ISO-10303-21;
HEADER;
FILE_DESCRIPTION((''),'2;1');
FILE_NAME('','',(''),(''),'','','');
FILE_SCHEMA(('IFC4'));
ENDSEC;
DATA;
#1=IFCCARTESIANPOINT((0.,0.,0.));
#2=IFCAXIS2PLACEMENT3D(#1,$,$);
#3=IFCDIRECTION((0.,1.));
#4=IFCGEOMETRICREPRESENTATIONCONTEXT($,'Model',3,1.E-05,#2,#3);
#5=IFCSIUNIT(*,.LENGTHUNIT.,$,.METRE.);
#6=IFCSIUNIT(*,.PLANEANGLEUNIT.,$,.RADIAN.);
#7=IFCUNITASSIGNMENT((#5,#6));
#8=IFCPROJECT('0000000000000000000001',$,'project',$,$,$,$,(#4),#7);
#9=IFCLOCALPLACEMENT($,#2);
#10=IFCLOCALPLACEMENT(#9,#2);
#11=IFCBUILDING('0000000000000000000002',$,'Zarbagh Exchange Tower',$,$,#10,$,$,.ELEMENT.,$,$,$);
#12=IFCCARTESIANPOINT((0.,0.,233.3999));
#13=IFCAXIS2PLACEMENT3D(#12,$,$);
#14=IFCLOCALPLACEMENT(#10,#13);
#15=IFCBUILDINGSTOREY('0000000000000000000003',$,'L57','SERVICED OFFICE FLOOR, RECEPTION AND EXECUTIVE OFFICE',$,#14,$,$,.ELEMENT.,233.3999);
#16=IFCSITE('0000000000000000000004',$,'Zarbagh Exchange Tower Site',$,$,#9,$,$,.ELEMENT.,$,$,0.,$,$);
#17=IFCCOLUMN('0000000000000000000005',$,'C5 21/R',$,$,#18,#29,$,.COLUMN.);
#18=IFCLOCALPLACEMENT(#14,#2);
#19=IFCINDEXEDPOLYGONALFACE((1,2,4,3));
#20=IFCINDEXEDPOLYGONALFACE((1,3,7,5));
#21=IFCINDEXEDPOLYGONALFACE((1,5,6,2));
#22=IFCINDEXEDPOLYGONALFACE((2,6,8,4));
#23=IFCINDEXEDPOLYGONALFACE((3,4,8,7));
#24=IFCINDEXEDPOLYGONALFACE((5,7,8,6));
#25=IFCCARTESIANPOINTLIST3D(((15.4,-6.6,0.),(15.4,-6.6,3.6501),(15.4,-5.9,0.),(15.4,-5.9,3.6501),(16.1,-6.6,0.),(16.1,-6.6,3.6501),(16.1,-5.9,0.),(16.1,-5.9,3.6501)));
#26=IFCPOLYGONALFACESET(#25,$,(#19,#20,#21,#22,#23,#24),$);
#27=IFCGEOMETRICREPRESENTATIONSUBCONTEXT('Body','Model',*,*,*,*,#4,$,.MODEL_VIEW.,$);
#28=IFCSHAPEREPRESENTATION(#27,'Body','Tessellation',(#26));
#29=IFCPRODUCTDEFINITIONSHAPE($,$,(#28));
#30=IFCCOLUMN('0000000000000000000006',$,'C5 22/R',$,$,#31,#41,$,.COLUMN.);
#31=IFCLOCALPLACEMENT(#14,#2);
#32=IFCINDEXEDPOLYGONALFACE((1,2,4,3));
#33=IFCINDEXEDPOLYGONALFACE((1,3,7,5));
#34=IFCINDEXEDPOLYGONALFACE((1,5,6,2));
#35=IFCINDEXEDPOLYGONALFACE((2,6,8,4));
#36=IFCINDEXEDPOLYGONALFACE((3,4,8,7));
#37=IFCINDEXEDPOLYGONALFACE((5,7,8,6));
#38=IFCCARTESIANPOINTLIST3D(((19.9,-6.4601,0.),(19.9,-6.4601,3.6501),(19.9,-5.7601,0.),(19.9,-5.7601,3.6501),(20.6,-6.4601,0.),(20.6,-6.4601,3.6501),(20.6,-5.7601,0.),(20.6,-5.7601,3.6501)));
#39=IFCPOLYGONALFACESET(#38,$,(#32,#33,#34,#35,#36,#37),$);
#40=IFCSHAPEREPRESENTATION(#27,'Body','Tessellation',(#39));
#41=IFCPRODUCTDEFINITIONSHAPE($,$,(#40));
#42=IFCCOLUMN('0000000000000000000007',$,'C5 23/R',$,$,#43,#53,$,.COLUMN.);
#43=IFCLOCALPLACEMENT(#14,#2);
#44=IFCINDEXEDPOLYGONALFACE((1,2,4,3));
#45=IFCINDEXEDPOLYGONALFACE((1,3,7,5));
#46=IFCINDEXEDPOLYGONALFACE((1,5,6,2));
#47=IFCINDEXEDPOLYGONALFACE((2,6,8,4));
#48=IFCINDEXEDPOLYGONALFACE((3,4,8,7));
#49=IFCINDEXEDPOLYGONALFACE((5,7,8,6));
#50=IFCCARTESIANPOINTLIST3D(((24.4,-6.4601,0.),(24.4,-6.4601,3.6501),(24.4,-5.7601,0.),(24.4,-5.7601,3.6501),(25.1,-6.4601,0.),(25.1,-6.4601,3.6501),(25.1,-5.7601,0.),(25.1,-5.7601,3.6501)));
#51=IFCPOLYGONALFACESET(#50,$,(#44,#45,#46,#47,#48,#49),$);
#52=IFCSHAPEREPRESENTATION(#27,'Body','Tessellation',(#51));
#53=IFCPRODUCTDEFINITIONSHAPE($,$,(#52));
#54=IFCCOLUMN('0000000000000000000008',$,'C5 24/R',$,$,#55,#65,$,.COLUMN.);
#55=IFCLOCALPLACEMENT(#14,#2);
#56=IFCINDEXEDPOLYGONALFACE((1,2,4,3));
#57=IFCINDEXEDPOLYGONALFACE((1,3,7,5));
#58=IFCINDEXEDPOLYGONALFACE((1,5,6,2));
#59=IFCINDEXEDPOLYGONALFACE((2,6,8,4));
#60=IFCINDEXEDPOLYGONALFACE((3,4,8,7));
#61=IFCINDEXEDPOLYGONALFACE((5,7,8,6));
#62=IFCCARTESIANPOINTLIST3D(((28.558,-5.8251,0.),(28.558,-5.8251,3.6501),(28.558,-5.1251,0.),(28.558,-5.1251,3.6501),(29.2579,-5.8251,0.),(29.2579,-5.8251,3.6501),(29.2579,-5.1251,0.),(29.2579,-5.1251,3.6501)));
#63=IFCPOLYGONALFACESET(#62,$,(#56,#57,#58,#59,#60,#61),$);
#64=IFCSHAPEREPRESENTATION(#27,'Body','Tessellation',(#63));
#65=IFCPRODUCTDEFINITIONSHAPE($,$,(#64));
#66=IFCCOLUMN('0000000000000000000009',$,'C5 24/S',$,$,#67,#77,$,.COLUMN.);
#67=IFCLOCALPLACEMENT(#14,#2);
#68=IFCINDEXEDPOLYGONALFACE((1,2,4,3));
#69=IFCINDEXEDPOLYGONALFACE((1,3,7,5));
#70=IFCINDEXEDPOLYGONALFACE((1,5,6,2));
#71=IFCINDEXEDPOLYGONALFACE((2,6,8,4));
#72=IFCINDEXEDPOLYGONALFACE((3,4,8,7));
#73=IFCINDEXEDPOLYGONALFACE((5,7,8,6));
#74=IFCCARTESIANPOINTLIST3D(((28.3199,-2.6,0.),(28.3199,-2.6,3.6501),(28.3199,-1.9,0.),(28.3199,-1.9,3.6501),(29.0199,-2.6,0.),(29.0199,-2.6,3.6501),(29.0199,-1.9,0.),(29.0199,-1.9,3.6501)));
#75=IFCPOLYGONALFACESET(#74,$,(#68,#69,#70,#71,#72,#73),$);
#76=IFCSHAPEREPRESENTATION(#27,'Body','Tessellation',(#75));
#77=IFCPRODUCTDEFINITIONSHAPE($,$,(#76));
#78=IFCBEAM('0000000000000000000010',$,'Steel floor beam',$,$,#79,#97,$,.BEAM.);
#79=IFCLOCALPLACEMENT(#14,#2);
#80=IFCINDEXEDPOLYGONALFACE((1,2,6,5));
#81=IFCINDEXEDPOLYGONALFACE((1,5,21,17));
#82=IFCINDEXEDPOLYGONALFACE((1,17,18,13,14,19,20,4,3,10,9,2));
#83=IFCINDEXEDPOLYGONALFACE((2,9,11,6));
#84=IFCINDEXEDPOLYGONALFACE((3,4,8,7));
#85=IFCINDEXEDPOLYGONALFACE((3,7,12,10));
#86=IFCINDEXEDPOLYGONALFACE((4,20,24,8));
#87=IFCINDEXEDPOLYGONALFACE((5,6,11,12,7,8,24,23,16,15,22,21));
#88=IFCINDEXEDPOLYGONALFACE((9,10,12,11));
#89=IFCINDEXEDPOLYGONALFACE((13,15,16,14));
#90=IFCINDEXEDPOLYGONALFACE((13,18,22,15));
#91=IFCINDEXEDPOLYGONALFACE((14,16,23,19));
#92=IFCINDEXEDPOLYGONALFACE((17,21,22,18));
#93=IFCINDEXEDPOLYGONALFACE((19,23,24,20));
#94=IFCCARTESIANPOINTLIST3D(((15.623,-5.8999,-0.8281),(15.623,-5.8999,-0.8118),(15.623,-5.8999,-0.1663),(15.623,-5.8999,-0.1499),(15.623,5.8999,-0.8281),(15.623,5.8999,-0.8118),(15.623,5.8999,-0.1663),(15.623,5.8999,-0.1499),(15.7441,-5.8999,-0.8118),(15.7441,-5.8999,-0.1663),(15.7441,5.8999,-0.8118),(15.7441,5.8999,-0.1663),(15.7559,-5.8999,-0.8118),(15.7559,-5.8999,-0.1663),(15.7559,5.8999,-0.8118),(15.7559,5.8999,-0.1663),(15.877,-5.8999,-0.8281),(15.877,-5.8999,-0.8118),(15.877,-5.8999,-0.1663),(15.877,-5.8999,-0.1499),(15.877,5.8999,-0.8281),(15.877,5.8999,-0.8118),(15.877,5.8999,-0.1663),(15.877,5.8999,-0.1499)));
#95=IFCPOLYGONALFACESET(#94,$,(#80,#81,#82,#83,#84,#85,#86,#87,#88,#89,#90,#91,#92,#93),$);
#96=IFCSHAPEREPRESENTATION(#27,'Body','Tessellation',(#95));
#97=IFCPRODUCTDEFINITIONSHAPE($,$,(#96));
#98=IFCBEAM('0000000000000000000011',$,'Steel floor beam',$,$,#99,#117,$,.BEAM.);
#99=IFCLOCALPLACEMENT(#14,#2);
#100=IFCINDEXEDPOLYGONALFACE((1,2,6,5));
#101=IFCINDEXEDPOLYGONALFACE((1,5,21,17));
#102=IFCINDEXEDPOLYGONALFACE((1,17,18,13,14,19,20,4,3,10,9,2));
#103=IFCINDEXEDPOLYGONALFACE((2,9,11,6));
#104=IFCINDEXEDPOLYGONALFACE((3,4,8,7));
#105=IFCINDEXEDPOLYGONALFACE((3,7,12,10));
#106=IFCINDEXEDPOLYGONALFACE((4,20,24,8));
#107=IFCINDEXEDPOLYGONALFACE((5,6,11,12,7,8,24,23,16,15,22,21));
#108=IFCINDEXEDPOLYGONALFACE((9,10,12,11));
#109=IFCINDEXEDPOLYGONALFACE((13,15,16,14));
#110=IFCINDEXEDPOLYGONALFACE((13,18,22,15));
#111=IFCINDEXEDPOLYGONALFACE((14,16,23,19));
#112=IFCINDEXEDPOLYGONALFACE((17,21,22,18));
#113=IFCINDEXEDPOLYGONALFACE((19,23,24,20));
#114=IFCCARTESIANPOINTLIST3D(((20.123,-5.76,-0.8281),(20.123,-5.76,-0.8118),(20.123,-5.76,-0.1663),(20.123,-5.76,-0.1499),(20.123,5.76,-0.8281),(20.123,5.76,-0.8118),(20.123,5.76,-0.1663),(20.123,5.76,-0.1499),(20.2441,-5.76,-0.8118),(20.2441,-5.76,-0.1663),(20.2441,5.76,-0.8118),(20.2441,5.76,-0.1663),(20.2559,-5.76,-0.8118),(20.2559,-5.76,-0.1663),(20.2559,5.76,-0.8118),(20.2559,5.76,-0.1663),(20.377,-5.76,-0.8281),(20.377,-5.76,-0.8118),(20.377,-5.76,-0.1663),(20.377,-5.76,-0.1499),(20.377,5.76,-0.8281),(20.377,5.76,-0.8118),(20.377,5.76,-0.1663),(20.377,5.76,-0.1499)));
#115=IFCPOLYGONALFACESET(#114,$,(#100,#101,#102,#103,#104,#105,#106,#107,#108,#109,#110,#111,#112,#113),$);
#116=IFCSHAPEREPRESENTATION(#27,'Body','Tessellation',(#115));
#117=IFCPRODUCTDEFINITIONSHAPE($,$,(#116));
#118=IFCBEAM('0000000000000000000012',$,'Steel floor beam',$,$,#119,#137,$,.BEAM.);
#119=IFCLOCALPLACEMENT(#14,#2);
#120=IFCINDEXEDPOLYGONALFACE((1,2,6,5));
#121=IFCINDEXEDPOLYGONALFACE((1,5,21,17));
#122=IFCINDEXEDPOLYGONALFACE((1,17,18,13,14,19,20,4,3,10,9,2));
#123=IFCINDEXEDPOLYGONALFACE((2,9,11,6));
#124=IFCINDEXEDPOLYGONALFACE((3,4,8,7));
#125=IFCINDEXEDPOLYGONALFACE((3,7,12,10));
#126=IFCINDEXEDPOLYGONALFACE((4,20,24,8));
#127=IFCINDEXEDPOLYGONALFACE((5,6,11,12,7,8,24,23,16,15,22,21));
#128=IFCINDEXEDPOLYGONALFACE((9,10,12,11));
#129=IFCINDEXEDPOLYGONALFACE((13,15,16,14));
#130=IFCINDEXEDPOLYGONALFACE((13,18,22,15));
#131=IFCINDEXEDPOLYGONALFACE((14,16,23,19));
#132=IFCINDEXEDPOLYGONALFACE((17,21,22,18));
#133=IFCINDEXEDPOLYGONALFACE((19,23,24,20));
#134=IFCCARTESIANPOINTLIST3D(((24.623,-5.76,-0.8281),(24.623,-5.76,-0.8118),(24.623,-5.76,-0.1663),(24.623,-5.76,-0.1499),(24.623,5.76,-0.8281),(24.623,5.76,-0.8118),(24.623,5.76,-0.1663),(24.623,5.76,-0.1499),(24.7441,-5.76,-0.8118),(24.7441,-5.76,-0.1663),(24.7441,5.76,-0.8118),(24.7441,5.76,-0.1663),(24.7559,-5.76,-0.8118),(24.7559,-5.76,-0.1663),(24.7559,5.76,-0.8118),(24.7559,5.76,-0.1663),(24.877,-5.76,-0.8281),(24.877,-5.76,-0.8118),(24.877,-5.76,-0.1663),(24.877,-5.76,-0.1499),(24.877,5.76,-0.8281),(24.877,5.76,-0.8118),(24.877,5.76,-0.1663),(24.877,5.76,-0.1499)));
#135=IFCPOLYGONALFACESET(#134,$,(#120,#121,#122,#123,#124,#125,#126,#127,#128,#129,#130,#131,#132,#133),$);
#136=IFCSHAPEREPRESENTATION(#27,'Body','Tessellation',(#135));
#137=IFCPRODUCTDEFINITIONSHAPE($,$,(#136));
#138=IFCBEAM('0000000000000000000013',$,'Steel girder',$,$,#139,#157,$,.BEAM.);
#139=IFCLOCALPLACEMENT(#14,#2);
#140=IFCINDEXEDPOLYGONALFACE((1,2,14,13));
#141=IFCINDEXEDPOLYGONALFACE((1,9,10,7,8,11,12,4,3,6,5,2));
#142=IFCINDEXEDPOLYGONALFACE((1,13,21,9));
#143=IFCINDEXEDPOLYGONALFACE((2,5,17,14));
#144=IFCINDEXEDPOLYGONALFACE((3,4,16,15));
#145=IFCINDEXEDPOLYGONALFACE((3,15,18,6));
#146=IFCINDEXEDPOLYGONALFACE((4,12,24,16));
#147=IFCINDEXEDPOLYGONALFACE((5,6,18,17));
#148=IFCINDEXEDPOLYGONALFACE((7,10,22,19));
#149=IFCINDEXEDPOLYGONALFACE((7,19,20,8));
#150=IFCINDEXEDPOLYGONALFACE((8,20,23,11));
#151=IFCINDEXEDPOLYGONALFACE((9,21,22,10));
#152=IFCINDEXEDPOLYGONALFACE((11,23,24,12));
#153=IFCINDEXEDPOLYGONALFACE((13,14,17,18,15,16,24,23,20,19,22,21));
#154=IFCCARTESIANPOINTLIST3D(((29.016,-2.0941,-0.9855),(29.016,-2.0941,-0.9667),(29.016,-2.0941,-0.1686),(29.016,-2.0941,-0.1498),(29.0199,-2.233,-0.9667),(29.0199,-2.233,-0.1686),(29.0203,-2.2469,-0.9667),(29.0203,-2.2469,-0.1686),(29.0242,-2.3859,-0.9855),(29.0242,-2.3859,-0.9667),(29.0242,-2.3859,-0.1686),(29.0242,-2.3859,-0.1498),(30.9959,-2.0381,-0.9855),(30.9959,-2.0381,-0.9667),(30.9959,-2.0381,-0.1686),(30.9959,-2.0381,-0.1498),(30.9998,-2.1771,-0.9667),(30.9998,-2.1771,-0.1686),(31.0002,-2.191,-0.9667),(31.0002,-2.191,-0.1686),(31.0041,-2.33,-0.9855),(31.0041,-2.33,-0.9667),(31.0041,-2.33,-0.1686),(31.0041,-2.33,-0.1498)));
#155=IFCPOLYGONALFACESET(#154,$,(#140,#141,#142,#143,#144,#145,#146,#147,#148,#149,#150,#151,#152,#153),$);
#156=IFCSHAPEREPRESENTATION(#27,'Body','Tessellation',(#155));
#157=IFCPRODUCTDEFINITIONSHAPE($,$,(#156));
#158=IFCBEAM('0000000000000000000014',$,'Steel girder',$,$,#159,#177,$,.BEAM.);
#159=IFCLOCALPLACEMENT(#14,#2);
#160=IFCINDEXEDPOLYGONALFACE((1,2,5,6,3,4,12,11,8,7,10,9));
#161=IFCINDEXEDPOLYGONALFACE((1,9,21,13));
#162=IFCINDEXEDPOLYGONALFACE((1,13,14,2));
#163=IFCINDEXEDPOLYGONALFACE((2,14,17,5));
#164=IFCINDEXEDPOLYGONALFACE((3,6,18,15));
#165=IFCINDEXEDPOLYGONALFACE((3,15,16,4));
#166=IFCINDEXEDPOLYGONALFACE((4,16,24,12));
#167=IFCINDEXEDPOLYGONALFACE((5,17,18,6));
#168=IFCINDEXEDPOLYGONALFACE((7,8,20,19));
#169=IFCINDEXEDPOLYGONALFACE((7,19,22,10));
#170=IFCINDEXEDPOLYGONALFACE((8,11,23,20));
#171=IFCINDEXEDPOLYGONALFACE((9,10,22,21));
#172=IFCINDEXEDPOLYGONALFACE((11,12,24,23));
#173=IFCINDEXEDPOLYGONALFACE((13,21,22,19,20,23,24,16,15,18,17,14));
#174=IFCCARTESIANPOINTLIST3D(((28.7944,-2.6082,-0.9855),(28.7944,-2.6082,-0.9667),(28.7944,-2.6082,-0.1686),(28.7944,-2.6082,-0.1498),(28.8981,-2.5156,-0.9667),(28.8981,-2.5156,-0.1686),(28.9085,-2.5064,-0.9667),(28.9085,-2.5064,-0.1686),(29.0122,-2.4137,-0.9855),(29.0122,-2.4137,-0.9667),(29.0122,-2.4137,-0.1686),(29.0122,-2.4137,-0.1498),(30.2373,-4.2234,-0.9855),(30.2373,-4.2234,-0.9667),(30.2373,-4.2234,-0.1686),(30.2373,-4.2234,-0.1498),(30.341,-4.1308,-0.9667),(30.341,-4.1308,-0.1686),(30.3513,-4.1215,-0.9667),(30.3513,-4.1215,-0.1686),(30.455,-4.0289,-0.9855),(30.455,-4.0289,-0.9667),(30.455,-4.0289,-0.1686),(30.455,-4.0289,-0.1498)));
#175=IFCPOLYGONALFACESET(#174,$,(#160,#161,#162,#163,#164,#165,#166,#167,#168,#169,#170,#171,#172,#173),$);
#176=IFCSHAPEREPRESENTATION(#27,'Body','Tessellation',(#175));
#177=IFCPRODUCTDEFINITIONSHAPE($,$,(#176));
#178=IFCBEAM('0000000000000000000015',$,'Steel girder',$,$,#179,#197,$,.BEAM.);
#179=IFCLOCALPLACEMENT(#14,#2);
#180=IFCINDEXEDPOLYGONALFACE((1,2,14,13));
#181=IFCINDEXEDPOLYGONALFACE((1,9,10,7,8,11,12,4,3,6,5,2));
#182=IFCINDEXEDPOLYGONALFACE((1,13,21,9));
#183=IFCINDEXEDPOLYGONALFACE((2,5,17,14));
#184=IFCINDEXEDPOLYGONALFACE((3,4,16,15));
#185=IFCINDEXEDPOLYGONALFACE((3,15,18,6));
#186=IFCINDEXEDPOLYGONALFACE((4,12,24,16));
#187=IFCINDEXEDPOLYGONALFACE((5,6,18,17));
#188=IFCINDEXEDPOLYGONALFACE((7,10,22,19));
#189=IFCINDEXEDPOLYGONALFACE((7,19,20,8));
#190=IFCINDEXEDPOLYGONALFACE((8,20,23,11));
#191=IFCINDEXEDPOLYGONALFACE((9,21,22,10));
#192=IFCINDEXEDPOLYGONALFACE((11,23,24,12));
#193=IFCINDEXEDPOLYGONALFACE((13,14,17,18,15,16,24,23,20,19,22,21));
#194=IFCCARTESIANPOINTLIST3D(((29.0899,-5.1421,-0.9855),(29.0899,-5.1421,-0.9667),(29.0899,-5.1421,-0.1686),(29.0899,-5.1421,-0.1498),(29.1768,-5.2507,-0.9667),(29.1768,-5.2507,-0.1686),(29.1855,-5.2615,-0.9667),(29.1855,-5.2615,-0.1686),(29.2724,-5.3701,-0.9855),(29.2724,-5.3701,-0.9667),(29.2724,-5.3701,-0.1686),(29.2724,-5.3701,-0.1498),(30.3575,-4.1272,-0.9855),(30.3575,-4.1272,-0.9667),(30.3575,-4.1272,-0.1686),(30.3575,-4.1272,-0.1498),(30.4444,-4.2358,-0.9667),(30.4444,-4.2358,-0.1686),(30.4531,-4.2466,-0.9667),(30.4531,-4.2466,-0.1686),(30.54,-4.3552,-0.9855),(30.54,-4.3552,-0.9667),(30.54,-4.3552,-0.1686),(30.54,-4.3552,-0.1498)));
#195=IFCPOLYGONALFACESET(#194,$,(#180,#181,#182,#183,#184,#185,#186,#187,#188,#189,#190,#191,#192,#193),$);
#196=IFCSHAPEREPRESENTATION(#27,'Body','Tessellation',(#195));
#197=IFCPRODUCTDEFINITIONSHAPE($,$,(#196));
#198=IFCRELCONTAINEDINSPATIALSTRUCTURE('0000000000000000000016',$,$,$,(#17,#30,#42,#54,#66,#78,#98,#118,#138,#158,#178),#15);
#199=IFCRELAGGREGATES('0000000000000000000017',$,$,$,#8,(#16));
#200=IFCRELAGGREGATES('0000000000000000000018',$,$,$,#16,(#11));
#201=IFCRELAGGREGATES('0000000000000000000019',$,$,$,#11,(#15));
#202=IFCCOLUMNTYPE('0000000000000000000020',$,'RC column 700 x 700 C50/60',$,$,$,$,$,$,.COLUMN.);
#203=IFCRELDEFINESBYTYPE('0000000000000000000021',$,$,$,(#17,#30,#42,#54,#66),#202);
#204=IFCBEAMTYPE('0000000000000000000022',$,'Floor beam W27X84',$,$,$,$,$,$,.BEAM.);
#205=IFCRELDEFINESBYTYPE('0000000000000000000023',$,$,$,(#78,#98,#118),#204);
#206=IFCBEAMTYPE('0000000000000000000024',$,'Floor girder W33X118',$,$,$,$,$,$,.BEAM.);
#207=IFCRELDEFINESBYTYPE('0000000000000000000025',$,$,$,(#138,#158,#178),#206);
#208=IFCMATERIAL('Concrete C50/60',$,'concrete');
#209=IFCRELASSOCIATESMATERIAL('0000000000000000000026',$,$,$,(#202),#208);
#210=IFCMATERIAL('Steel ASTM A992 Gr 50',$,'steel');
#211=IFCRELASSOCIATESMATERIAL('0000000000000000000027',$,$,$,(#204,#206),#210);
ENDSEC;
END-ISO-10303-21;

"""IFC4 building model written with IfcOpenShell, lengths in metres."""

from ifc_helpers import new_model, si_unit, direction, frame, origin, origin_2d, place, context, subcontext, project, spatial, rectangle, i_section, extrude, material, material_profile, profile_set, type_object, element, save


model = new_model("IFC4")

# Units and contexts
model_context = context("Model", 3, precision=1e-05, world=origin(), true_north=direction((0.0, 1.0)))
body_context = subcontext(model_context, "Body", "Model", "MODEL_VIEW")
ifc_project = project(units=[si_unit("LENGTHUNIT", "METRE"), si_unit("PLANEANGLEUNIT", "RADIAN")], contexts=[model_context])

# Site, building, storey
site_placement = place(None, origin())
site = spatial("IfcSite", under=ifc_project, at=site_placement, Name="Zarbagh Exchange Tower Site", CompositionType="ELEMENT", RefElevation=0.0)
building_placement = place(site_placement, origin())
building = spatial("IfcBuilding", under=site, at=building_placement, Name="Zarbagh Exchange Tower", CompositionType="ELEMENT")
storey_placement = place(building_placement, frame((0.0, 0.0, 233.3999)))
storey = spatial("IfcBuildingStorey", under=building, at=storey_placement, Name="L57", Description="SERVICED OFFICE FLOOR, RECEPTION AND EXECUTIVE OFFICE", CompositionType="ELEMENT", Elevation=233.3999)

# Columns
ifc_material_1 = material(Name="Concrete C50/60", Category="concrete")
ifc_material_profile_1 = material_profile(ifc_material_1, rectangle(XDim=0.7, YDim=0.7, at=origin_2d()), Name="RC column 700 x 700 C50/60")
ifc_profile_set_1 = profile_set([ifc_material_profile_1], Name="Concrete C50/60")
column_type = type_object("IfcColumnType", Name="RC column 700 x 700 C50/60", PredefinedType="COLUMN", material=ifc_profile_set_1)
for number, where, z_axis, x_axis, name in (
    (1, (15.75, -6.25, 0.0), (0.0, 0.0, 1.0), (1.0, 0.0, 0.0), "C5 21/R"),
    (2, (20.25, -6.1101, 0.0), (0.0, 0.0, 1.0), (1.0, 0.0, 0.0), "C5 22/R"),
    (3, (24.75, -6.1101, 0.0), (0.0, 0.0, 1.0), (1.0, 0.0, 0.0), "C5 23/R"),
    (4, (28.908, -5.4751, 0.0), (0.0, 0.0, 1.0), (1.0, 0.0, 0.0), "C5 24/R"),
    (5, (28.6699, -2.25, 0.0), (0.0, 0.0, 1.0), (1.0, 0.0, 0.0), "C5 24/S"),
):
    element("IfcColumn", number, at=place(storey_placement, frame(where, z_axis=z_axis, x_axis=x_axis)), inside=storey, type_object=column_type, Name=name, PredefinedType="COLUMN", context=body_context, shape_type="SweptSolid", body=[
        extrude(rectangle(XDim=0.7, YDim=0.7, at=origin_2d()), origin(), (0.0, 0.0, 1.0), 3.6501),
    ])

# Beams
ifc_material_2 = material(Name="Steel ASTM A992 Gr 50", Category="steel")
ifc_material_profile_2 = material_profile(ifc_material_2, i_section(OverallWidth=0.2539, OverallDepth=0.6782, WebThickness=0.0117, FlangeThickness=0.0164, at=origin_2d()), Name="W27X84")
ifc_profile_set_2 = profile_set([ifc_material_profile_2], Name="Steel ASTM A992 Gr 50")
beam_type_1 = type_object("IfcBeamType", Name="Floor beam W27X84", PredefinedType="BEAM", material=ifc_profile_set_2)
beam_1_placement = place(storey_placement, frame((15.75, -5.8999, -0.489), z_axis=(0.0, 1.0, 0.0), x_axis=(-1.0, 0.0, 0.0)))
element("IfcBeam", 6, at=beam_1_placement, inside=storey, type_object=beam_type_1, Name="Steel floor beam", PredefinedType="BEAM", context=body_context, shape_type="SweptSolid", body=[
    extrude(i_section(OverallWidth=0.2539, OverallDepth=0.6782, WebThickness=0.0117, FlangeThickness=0.0164, at=origin_2d()), origin(), (0.0, 0.0, 1.0), 11.7998),
])
for number, where, z_axis, x_axis, name in (
    (7, (20.25, -5.76, -0.489), (0.0, 1.0, 0.0), (-1.0, 0.0, 0.0), "Steel floor beam"),
    (8, (24.75, -5.76, -0.489), (0.0, 1.0, 0.0), (-1.0, 0.0, 0.0), "Steel floor beam"),
):
    element("IfcBeam", number, at=place(storey_placement, frame(where, z_axis=z_axis, x_axis=x_axis)), inside=storey, type_object=beam_type_1, Name=name, PredefinedType="BEAM", context=body_context, shape_type="SweptSolid", body=[
        extrude(i_section(OverallWidth=0.2539, OverallDepth=0.6782, WebThickness=0.0117, FlangeThickness=0.0164, at=origin_2d()), origin(), (0.0, 0.0, 1.0), 11.52),
    ])
ifc_material_profile_3 = material_profile(ifc_material_2, i_section(OverallWidth=0.292, OverallDepth=0.8357, WebThickness=0.0139, FlangeThickness=0.0188, at=origin_2d()), Name="W33X118")
ifc_profile_set_3 = profile_set([ifc_material_profile_3], Name="Steel ASTM A992 Gr 50")
beam_type_2 = type_object("IfcBeamType", Name="Floor girder W33X118", PredefinedType="BEAM", material=ifc_profile_set_3)
beam_2_placement = place(storey_placement, frame((31.0, -2.1841, -0.5676), z_axis=(-0.999602, -0.028225, 0.0), x_axis=(0.028225, -0.999602, 0.0)))
element("IfcBeam", 9, at=beam_2_placement, inside=storey, type_object=beam_type_2, Name="Steel girder", PredefinedType="BEAM", context=body_context, shape_type="SweptSolid", body=[
    extrude(i_section(OverallWidth=0.292, OverallDepth=0.8357, WebThickness=0.0139, FlangeThickness=0.0188, at=origin_2d()), origin(), (0.0, 0.0, 1.0), 1.9807),
])
beam_3_placement = place(storey_placement, frame((28.9033, -2.511, -0.5676), z_axis=(0.666195, -0.745778, 0.0), x_axis=(0.745778, 0.666195, 0.0)))
element("IfcBeam", 10, at=beam_3_placement, inside=storey, type_object=beam_type_2, Name="Steel girder", PredefinedType="BEAM", context=body_context, shape_type="SweptSolid", body=[
    extrude(i_section(OverallWidth=0.292, OverallDepth=0.8357, WebThickness=0.0139, FlangeThickness=0.0188, at=origin_2d()), origin(), (0.0, 0.0, 1.0), 2.1658),
])
beam_4_placement = place(storey_placement, frame((30.4487, -4.2412, -0.5676), z_axis=(-0.780619, -0.625007, 0.0), x_axis=(0.625007, -0.780619, 0.0)))
element("IfcBeam", 11, at=beam_4_placement, inside=storey, type_object=beam_type_2, Name="Steel girder", PredefinedType="BEAM", context=body_context, shape_type="SweptSolid", body=[
    extrude(i_section(OverallWidth=0.292, OverallDepth=0.8357, WebThickness=0.0139, FlangeThickness=0.0188, at=origin_2d()), origin(), (0.0, 0.0, 1.0), 1.6238),
])

save(model, "model.ifc")
